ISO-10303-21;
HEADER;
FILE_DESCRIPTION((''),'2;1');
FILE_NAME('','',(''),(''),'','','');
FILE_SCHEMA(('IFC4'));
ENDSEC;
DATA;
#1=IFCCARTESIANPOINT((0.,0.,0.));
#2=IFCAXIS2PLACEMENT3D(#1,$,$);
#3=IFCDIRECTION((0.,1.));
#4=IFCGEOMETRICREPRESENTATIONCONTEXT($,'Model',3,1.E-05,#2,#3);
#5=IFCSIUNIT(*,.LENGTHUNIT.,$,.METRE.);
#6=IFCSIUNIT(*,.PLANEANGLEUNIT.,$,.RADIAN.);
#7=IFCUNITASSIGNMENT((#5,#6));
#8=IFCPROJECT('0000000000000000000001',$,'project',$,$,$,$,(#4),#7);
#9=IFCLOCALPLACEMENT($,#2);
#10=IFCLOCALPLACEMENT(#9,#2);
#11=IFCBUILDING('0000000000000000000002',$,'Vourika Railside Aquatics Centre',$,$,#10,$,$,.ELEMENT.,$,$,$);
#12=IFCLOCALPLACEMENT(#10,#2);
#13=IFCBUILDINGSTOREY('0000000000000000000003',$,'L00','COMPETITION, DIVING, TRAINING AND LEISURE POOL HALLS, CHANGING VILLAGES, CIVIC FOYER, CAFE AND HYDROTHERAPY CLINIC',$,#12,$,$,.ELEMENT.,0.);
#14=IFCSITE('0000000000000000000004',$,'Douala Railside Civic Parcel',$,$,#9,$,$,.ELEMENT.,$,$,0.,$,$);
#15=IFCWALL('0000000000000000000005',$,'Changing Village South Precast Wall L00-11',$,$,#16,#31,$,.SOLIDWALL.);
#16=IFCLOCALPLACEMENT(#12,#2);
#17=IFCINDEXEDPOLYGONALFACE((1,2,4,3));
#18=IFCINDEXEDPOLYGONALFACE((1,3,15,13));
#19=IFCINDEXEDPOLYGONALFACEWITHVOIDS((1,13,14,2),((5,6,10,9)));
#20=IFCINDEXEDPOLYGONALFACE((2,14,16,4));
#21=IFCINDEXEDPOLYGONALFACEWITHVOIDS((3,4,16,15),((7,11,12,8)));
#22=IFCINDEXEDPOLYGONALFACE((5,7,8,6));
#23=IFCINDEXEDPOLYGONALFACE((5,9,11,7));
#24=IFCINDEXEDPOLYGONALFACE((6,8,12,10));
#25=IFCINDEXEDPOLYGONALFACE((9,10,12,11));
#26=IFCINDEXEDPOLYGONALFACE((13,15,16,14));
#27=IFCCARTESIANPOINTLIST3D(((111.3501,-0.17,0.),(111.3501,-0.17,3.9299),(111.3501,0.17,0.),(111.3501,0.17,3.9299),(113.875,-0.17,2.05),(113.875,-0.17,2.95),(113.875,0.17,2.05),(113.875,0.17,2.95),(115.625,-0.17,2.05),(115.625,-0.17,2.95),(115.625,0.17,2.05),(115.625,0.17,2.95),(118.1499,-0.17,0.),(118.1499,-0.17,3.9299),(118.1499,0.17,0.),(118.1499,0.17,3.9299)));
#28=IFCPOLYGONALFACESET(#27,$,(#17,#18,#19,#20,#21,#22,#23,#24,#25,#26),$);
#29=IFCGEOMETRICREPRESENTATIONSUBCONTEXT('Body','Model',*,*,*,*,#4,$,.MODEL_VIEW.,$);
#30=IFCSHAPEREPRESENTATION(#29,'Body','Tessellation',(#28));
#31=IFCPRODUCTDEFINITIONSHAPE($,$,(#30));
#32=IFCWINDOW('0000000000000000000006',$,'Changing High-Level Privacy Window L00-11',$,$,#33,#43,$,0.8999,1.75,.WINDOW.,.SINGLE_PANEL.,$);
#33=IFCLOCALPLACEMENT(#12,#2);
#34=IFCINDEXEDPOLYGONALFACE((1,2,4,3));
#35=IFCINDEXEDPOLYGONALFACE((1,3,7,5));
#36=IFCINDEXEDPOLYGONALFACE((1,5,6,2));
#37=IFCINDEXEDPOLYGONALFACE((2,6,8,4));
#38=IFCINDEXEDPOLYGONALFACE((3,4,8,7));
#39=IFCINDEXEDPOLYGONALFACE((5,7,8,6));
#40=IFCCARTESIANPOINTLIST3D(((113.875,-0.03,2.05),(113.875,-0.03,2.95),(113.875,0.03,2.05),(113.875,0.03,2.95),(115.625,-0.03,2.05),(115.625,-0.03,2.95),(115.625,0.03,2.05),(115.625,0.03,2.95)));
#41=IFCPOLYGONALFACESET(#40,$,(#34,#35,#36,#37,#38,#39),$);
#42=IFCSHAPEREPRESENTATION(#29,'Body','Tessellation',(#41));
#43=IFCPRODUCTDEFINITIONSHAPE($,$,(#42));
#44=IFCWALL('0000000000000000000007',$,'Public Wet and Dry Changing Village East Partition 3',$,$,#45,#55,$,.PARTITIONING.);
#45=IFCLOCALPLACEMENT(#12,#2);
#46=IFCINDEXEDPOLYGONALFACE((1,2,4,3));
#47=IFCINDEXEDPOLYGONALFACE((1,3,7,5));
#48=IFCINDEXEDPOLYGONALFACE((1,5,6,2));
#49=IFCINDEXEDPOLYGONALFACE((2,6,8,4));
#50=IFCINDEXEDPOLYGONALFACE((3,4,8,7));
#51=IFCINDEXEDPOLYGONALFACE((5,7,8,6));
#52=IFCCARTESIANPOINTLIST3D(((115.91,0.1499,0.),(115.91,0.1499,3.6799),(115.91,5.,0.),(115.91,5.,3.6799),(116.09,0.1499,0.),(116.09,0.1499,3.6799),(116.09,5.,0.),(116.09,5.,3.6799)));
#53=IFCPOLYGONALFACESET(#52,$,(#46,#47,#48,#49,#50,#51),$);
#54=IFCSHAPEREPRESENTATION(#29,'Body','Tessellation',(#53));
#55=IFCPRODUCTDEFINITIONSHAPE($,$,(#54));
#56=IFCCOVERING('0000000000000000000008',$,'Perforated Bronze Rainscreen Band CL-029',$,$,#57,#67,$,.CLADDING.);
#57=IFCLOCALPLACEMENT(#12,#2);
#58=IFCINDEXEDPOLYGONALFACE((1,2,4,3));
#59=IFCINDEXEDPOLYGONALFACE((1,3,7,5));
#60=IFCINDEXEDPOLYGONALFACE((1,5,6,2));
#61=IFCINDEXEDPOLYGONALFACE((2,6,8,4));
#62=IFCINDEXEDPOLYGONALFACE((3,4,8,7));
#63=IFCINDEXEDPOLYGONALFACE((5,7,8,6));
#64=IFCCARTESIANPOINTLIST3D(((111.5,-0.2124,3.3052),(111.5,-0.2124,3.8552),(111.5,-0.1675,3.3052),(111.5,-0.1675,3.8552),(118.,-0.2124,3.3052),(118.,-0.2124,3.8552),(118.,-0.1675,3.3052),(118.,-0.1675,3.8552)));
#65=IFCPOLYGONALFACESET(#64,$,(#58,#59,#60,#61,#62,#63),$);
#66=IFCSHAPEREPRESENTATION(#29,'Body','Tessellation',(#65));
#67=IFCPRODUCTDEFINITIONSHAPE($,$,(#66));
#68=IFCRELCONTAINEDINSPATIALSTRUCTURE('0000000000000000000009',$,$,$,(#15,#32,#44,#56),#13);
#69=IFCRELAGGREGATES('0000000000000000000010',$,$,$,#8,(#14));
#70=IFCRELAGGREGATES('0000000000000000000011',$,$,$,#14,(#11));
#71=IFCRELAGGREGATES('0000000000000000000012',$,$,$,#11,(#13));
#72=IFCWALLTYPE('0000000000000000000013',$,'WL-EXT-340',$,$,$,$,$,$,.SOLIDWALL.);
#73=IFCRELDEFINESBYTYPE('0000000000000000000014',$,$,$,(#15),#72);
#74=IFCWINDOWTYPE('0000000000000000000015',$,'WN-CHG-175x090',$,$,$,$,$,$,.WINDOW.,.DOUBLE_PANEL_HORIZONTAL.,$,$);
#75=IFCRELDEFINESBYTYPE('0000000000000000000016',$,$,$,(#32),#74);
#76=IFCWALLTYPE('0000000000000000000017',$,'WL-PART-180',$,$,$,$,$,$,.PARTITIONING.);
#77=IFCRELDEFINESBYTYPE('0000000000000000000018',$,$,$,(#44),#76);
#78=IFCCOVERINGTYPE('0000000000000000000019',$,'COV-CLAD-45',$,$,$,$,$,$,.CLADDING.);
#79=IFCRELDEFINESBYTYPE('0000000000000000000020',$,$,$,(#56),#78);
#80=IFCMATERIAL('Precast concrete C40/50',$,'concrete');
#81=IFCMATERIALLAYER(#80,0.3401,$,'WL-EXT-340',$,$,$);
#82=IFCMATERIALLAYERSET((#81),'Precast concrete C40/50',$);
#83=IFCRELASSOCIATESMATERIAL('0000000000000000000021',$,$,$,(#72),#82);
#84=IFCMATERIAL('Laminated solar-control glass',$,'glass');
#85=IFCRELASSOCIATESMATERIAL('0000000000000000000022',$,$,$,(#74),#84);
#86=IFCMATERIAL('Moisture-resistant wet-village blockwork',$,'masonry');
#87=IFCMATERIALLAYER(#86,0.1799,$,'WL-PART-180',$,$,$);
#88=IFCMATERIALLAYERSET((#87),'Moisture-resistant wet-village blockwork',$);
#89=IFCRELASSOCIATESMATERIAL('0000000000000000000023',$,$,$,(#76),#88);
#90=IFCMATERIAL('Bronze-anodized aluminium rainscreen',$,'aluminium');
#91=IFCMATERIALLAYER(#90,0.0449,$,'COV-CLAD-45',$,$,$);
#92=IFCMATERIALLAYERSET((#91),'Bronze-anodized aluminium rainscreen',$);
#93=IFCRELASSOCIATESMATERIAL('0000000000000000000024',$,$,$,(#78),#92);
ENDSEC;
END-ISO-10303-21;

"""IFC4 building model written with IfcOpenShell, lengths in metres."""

from ifc_helpers import new_model, si_unit, direction, frame, frame_2d, origin, origin_2d, place, context, subcontext, project, spatial, rectangle, extrude, material, layer, layer_set, type_object, element, fill, save


model = new_model("IFC4")

# Units and contexts
model_context = context("Model", 3, precision=1e-05, world=origin(), true_north=direction((0.0, 1.0)))
body_context = subcontext(model_context, "Body", "Model", "MODEL_VIEW")
ifc_project = project(units=[si_unit("LENGTHUNIT", "METRE"), si_unit("PLANEANGLEUNIT", "RADIAN")], contexts=[model_context])

# Site, building, storey
site_placement = place(None, origin())
site = spatial("IfcSite", under=ifc_project, at=site_placement, Name="Douala Railside Civic Parcel", CompositionType="ELEMENT", RefElevation=0.0)
building_placement = place(site_placement, origin())
building = spatial("IfcBuilding", under=site, at=building_placement, Name="Vourika Railside Aquatics Centre", CompositionType="ELEMENT")
storey_placement = place(building_placement, origin())
storey = spatial("IfcBuildingStorey", under=building, at=storey_placement, Name="L00", Description="COMPETITION, DIVING, TRAINING AND LEISURE POOL HALLS, CHANGING VILLAGES, CIVIC FOYER, CAFE AND HYDROTHERAPY CLINIC", CompositionType="ELEMENT", Elevation=0.0)

# Wall, opening, window
ifc_material_1 = material(Name="Precast concrete C40/50", Category="concrete")
ifc_layer_1 = layer(ifc_material_1, 0.3401, Name="WL-EXT-340")
ifc_layer_set_1 = layer_set([ifc_layer_1], Name="Precast concrete C40/50")
wall_type_1 = type_object("IfcWallType", Name="WL-EXT-340", PredefinedType="SOLIDWALL", material=ifc_layer_set_1)
wall_1_placement = place(storey_placement, frame((111.3501, 0.0, 0.0), z_axis=(0.0, 0.0, 1.0), x_axis=(1.0, 0.0, 0.0)))
wall_1 = element("IfcWall", 1, at=wall_1_placement, inside=storey, type_object=wall_type_1, Name="Changing Village South Precast Wall L00-11", PredefinedType="SOLIDWALL", context=body_context, shape_type="SweptSolid", body=[
    extrude(rectangle(XDim=6.7998, YDim=0.3401, at=frame_2d((3.3999, 0.0))), origin(), (0.0, 0.0, 1.0), 3.9299),
])
opening_placement = place(wall_1_placement, frame((2.5249, 0.0, 2.05)))
opening = element("IfcOpeningElement", 2, at=opening_placement, cuts=wall_1, PredefinedType="OPENING", context=body_context, shape_type="SweptSolid", body=[
    extrude(rectangle(XDim=1.75, YDim=0.8999, at=frame_2d((0.875, 0.45))), frame((0.0, 0.1802, 0.0), z_axis=(0.0, -1.0, 0.0), x_axis=(1.0, 0.0, 0.0)), (0.0, 0.0, 1.0), 0.3601),
])
ifc_material_2 = material(Name="Laminated solar-control glass", Category="glass")
window_type = type_object("IfcWindowType", Name="WN-CHG-175x090", PartitioningType="DOUBLE_PANEL_HORIZONTAL", PredefinedType="WINDOW", material=ifc_material_2)
window_placement = place(opening_placement, origin())
window = element("IfcWindow", 3, at=window_placement, inside=storey, type_object=window_type, Name="Changing High-Level Privacy Window L00-11", OverallHeight=0.8999, OverallWidth=1.75, PartitioningType="SINGLE_PANEL", PredefinedType="WINDOW", context=body_context, shape_type="SweptSolid", body=[
    extrude(rectangle(XDim=1.75, YDim=0.8999, at=frame_2d((0.875, 0.45))), frame((0.0, 0.03, 0.0), z_axis=(0.0, -1.0, 0.0), x_axis=(1.0, 0.0, 0.0)), (0.0, 0.0, 1.0), 0.0601),
])
fill(opening, window)

# Wall
ifc_material_3 = material(Name="Moisture-resistant wet-village blockwork", Category="masonry")
ifc_layer_2 = layer(ifc_material_3, 0.1799, Name="WL-PART-180")
ifc_layer_set_2 = layer_set([ifc_layer_2], Name="Moisture-resistant wet-village blockwork")
wall_type_2 = type_object("IfcWallType", Name="WL-PART-180", PredefinedType="PARTITIONING", material=ifc_layer_set_2)
wall_2_placement = place(storey_placement, frame((116.0, 5.0, 0.0), z_axis=(0.0, 0.0, 1.0), x_axis=(0.0, -1.0, 0.0)))
element("IfcWall", 4, at=wall_2_placement, inside=storey, type_object=wall_type_2, Name="Public Wet and Dry Changing Village East Partition 3", PredefinedType="PARTITIONING", context=body_context, shape_type="SweptSolid", body=[
    extrude(rectangle(XDim=4.8501, YDim=0.1799, at=frame_2d((2.425, 0.0))), origin(), (0.0, 0.0, 1.0), 3.6799),
])

# Covering
ifc_material_4 = material(Name="Bronze-anodized aluminium rainscreen", Category="aluminium")
ifc_layer_3 = layer(ifc_material_4, 0.0449, Name="COV-CLAD-45")
ifc_layer_set_3 = layer_set([ifc_layer_3], Name="Bronze-anodized aluminium rainscreen")
covering_type = type_object("IfcCoveringType", Name="COV-CLAD-45", PredefinedType="CLADDING", material=ifc_layer_set_3)
covering_placement = place(storey_placement, frame((114.75, -0.1899, 3.3052), z_axis=(0.0, 0.0, 1.0), x_axis=(1.0, 0.0, 0.0)))
element("IfcCovering", 5, at=covering_placement, inside=storey, type_object=covering_type, Name="Perforated Bronze Rainscreen Band CL-029", PredefinedType="CLADDING", context=body_context, shape_type="SweptSolid", body=[
    extrude(rectangle(XDim=6.5, YDim=0.0449, at=origin_2d()), origin(), (0.0, 0.0, 1.0), 0.55),
])

save(model, "model.ifc")
